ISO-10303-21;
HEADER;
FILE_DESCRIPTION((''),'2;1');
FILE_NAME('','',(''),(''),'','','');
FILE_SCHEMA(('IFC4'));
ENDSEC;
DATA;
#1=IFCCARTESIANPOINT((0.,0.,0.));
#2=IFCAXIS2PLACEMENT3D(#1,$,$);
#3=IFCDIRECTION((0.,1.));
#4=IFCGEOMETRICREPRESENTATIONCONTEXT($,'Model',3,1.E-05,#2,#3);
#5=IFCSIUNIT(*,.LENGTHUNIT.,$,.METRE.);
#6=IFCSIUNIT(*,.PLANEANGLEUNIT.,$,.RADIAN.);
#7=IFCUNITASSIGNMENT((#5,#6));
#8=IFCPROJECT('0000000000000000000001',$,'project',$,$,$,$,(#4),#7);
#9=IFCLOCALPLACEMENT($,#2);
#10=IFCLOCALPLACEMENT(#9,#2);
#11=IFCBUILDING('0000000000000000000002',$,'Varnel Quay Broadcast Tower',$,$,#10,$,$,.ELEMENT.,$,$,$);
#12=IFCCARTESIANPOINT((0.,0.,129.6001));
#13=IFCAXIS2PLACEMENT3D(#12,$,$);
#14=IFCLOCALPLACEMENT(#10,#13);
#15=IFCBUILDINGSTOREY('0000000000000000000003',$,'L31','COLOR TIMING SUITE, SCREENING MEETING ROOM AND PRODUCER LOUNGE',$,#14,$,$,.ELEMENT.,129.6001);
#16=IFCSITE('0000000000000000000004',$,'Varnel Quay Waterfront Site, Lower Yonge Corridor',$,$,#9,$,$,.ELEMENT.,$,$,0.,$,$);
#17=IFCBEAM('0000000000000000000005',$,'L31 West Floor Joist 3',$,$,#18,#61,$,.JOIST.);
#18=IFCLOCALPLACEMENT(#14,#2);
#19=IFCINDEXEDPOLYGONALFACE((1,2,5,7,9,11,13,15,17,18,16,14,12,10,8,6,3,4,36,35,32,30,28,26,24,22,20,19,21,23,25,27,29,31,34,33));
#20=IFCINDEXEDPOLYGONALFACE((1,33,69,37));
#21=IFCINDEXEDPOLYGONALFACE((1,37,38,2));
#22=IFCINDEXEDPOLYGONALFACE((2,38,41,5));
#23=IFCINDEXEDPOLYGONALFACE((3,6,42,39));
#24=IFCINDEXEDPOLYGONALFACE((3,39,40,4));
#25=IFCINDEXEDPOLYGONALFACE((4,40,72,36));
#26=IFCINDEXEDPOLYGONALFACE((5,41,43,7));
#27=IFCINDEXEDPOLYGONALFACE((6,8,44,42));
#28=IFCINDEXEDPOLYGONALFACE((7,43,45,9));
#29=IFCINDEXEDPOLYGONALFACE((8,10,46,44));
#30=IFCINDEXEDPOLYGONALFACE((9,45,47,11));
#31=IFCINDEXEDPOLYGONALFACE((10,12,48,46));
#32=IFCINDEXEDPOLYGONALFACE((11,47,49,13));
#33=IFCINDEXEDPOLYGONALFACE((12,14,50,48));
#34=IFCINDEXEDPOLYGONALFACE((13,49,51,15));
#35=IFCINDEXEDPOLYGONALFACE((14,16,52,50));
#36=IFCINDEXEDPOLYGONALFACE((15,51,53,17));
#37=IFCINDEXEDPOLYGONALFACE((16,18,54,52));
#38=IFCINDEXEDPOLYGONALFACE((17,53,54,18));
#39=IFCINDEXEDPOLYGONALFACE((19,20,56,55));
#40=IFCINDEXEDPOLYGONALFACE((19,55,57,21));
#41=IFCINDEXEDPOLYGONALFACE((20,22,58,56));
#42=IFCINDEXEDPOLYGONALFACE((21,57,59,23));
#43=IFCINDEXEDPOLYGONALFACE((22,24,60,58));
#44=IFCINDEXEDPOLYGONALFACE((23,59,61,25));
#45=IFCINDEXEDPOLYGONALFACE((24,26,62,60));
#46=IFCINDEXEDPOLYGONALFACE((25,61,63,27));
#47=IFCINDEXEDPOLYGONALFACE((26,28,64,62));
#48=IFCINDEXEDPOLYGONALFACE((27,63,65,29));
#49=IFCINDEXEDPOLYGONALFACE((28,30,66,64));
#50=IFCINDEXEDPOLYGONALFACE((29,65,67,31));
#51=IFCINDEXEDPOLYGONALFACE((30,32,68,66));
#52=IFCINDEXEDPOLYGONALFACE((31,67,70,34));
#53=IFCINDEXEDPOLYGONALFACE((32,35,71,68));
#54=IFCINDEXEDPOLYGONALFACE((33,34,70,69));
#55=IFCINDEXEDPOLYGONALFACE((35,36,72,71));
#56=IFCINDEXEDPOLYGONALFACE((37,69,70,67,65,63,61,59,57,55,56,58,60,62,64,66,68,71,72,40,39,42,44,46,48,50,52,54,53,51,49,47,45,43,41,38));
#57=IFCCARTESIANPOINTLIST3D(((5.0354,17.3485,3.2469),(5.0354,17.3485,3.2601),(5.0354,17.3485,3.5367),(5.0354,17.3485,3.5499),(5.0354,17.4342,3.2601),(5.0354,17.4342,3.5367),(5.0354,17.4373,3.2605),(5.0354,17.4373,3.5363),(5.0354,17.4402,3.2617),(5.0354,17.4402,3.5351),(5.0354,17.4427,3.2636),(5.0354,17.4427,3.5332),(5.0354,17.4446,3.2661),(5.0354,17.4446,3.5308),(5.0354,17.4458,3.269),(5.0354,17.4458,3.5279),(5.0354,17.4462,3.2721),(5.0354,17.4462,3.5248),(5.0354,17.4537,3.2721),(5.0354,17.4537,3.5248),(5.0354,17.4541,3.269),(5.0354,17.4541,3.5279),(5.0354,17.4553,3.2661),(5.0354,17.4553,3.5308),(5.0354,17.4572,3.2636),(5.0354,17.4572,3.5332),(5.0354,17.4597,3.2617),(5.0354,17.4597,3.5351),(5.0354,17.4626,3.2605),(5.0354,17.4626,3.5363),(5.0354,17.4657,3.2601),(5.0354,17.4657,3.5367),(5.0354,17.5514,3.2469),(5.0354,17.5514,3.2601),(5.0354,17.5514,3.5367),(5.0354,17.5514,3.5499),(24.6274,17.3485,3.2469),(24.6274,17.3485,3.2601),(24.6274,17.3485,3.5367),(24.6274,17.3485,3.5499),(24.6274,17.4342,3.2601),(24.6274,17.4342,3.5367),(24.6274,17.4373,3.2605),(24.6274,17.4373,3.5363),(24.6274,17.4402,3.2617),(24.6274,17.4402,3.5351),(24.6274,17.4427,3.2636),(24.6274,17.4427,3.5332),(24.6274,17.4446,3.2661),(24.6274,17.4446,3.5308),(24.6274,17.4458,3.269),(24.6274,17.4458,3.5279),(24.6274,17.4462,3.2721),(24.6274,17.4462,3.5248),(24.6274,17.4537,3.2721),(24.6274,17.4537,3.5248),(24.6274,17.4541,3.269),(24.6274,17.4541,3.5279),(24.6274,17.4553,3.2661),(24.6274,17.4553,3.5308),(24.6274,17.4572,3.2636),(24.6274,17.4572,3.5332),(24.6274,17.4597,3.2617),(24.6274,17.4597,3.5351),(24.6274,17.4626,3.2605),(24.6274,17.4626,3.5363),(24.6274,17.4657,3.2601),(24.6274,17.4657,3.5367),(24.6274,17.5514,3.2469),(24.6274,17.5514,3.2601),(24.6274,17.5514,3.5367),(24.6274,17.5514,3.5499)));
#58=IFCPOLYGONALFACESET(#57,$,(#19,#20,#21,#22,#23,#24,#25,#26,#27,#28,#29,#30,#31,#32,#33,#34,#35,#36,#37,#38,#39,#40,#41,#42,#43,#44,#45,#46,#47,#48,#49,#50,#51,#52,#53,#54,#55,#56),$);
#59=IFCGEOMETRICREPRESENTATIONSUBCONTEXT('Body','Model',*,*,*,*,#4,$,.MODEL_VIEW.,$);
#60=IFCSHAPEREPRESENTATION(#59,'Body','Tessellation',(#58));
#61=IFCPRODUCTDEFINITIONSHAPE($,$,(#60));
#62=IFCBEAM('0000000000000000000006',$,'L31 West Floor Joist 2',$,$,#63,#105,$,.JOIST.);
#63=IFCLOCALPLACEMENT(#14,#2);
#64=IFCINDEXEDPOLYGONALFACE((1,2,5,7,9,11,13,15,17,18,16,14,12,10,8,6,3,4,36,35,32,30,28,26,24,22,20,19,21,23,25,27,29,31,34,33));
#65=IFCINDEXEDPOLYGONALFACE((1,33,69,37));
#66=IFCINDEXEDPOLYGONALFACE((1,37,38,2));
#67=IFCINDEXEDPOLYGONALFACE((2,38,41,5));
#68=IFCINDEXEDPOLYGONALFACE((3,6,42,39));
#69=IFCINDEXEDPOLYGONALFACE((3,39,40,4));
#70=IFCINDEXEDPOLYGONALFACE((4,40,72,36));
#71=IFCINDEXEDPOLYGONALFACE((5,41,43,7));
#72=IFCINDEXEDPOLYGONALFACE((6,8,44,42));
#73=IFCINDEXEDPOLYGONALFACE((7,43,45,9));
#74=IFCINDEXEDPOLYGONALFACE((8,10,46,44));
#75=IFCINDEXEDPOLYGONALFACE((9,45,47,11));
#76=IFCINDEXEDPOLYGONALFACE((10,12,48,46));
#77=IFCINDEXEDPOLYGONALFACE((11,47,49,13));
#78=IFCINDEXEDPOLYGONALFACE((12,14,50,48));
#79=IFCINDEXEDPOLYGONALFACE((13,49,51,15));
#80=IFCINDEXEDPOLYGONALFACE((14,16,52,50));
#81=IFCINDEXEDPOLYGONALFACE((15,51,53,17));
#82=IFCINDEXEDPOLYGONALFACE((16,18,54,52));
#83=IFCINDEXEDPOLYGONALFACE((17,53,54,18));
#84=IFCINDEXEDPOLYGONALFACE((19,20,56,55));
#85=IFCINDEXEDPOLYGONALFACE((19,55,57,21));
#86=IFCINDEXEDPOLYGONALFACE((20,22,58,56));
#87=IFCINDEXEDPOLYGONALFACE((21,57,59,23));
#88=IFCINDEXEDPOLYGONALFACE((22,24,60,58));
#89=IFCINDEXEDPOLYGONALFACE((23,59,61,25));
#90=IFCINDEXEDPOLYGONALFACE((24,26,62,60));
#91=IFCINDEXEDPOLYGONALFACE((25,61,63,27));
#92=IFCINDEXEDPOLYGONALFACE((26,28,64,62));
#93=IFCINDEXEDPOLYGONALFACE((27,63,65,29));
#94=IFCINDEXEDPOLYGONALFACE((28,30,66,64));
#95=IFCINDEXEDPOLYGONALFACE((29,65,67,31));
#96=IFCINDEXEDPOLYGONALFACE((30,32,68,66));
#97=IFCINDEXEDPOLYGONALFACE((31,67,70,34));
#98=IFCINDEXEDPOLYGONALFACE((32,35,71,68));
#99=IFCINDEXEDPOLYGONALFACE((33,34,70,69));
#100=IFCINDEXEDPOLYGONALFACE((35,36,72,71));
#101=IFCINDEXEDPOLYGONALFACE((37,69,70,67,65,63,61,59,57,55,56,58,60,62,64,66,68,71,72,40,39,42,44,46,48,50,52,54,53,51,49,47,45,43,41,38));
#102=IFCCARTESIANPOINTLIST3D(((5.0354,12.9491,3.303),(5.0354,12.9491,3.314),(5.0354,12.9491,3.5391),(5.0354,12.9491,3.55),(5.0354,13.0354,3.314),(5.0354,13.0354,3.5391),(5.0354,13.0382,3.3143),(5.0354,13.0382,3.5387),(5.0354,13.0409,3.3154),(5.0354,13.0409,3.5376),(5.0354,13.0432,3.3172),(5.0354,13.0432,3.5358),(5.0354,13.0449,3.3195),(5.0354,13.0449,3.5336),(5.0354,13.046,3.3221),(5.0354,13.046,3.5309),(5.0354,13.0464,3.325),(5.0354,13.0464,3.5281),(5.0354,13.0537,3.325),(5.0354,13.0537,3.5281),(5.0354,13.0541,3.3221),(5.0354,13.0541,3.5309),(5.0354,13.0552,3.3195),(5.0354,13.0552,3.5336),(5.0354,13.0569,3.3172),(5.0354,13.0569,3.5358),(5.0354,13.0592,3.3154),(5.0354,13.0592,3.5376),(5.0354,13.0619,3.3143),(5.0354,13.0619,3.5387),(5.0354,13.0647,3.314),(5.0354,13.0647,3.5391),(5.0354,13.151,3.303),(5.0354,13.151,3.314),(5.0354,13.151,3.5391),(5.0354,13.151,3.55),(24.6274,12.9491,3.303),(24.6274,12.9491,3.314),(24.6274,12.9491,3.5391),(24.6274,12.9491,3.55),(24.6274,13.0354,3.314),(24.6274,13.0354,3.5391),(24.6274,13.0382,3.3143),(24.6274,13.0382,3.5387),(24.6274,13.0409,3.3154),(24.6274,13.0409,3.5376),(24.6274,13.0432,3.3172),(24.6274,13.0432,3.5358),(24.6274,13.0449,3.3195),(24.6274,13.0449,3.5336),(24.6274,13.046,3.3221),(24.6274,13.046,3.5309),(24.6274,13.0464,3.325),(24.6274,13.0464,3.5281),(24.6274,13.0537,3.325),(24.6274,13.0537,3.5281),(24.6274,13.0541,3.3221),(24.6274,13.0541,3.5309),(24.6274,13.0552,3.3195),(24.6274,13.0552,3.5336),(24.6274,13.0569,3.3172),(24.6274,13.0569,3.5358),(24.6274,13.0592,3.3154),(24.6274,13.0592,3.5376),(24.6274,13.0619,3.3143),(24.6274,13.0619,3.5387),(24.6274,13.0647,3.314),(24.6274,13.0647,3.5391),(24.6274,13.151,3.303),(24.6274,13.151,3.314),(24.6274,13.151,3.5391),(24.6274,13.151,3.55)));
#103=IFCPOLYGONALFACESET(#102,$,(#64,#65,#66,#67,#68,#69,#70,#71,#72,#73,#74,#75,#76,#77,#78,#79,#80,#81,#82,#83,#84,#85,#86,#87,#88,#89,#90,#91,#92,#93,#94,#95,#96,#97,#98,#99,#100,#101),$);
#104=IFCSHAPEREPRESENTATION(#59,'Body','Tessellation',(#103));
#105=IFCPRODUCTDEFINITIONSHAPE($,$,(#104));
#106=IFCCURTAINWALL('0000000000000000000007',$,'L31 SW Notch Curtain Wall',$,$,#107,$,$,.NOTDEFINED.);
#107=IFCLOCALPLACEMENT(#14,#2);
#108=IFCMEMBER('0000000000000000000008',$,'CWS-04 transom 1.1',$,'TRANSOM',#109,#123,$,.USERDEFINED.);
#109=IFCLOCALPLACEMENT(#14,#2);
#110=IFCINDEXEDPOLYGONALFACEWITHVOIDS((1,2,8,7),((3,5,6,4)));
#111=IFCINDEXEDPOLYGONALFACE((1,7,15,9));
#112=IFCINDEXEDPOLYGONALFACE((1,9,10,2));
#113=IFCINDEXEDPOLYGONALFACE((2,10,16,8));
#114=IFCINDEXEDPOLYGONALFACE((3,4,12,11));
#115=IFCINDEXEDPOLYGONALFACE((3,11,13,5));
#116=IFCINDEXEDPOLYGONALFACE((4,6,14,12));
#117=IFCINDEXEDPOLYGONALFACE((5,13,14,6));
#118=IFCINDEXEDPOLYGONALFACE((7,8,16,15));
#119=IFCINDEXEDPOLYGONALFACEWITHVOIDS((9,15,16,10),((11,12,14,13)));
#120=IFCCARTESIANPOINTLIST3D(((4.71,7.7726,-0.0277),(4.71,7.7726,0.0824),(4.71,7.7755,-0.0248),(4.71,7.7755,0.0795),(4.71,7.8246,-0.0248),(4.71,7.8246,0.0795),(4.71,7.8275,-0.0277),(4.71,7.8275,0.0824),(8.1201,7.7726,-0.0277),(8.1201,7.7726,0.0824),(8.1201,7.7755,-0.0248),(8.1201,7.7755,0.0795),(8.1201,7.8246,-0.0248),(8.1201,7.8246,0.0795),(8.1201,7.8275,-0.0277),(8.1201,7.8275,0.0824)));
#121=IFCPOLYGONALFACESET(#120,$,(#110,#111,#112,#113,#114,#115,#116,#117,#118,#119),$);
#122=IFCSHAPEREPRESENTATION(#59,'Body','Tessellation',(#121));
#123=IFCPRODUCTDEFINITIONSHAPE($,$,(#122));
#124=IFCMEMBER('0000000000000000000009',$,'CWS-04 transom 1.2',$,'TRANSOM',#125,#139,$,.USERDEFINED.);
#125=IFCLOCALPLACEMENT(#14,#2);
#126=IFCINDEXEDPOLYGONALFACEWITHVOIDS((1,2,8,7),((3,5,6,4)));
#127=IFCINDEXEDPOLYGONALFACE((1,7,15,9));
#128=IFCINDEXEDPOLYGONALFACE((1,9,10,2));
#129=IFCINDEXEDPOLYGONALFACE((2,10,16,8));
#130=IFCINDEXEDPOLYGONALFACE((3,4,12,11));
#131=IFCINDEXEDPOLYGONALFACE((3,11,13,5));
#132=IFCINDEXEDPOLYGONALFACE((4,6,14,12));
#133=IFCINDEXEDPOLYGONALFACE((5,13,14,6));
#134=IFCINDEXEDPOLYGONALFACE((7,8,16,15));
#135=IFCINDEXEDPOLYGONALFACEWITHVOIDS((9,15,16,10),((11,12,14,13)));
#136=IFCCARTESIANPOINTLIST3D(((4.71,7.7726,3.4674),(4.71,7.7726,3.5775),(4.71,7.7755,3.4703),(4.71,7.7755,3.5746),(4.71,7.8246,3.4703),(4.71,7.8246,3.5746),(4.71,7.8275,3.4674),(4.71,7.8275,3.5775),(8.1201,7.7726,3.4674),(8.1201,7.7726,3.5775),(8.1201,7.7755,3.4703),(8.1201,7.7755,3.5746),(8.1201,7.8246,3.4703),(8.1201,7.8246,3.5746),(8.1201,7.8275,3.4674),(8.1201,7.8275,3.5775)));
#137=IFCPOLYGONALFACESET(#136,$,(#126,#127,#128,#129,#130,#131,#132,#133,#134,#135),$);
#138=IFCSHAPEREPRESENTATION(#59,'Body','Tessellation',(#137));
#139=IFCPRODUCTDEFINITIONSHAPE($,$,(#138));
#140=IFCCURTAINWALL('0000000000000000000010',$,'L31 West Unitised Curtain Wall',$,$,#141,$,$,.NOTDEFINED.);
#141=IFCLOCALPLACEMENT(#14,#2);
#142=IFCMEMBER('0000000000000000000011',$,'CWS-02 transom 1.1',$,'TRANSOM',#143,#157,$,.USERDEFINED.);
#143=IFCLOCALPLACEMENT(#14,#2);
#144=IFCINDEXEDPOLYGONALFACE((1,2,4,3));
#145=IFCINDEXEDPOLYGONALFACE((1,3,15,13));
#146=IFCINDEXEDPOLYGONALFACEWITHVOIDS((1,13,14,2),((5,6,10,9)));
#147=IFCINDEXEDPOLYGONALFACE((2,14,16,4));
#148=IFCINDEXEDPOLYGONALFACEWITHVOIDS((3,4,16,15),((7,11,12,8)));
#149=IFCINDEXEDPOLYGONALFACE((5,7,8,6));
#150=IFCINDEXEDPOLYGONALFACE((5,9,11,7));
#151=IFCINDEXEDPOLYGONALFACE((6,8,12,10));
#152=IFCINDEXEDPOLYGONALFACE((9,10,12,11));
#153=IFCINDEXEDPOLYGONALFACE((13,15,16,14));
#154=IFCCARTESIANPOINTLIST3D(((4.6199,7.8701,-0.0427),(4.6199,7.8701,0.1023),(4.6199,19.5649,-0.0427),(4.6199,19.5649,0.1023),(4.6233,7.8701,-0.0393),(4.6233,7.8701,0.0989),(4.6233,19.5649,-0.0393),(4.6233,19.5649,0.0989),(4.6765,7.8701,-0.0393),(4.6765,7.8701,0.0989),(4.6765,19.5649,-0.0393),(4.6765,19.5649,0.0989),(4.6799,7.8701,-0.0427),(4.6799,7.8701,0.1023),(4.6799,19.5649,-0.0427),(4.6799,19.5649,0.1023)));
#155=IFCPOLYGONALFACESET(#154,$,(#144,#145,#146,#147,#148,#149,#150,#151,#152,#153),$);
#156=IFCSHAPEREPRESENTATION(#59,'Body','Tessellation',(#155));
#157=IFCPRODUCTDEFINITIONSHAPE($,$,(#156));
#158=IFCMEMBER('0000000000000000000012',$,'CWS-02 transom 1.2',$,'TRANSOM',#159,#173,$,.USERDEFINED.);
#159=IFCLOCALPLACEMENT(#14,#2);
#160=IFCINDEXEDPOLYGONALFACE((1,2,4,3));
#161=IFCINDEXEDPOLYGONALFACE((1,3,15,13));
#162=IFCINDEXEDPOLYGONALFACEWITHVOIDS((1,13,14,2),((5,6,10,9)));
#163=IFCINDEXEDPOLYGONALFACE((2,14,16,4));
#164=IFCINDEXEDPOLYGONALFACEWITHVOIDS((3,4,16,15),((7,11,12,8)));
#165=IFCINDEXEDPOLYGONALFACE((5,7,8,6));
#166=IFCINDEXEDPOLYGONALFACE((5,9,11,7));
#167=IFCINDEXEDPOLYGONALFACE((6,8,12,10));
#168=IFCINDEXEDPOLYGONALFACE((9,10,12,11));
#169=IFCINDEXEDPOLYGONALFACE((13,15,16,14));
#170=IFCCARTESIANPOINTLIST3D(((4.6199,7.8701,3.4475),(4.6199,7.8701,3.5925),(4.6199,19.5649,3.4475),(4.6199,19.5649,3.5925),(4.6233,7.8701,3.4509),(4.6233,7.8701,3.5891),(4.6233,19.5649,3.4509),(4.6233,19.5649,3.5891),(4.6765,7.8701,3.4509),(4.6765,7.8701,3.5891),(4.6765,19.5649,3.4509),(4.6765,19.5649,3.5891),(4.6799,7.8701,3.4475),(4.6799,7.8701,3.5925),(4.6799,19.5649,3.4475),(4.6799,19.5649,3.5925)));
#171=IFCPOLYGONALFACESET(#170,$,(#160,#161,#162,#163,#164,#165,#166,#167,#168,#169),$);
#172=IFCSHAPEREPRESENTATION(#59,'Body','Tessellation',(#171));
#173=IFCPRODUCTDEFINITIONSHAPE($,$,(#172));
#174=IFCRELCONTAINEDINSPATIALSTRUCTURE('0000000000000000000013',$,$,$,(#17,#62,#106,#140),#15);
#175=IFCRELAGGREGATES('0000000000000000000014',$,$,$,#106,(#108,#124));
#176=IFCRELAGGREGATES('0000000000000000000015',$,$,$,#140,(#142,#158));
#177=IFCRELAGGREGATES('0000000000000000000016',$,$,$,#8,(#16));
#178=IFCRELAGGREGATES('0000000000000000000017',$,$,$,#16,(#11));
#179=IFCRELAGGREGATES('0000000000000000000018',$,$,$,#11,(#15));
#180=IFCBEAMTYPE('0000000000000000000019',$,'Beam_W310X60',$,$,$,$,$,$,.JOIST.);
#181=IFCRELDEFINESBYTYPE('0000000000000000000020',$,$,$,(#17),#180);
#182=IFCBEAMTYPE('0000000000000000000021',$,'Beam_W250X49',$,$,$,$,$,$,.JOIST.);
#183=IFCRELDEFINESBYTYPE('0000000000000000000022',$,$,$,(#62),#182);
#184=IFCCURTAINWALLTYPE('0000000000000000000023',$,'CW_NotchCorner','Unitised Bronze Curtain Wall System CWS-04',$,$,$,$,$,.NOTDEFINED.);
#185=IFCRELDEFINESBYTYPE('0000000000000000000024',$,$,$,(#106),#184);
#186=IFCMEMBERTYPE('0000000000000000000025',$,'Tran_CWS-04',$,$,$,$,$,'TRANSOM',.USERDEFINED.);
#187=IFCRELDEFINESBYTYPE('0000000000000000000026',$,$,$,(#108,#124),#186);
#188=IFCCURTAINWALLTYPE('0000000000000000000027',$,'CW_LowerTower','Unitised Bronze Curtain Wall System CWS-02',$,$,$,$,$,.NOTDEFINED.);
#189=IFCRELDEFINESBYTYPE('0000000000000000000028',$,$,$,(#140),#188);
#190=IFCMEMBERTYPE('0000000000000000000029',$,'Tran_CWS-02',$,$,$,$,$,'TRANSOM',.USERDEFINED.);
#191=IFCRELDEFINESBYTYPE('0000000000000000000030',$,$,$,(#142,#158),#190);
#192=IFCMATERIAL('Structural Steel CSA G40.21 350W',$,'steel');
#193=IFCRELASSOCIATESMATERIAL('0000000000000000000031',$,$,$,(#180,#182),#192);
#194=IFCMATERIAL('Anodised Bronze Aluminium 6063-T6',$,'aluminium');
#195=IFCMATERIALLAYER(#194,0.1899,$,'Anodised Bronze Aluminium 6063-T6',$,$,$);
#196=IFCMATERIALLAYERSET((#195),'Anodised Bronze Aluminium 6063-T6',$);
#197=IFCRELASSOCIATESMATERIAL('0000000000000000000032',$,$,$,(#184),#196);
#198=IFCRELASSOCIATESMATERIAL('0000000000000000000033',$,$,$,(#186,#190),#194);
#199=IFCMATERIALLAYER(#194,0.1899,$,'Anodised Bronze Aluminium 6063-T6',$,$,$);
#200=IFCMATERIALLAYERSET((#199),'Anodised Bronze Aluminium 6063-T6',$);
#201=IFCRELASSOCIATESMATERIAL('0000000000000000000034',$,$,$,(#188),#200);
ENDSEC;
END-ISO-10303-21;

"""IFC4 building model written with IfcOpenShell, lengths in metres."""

from ifc_helpers import new_model, si_unit, direction, frame, origin, origin_2d, place, context, subcontext, project, spatial, hollow_rectangle, i_section, extrude, source, transform, mapped, material, layer, layer_set, material_profile, profile_set, type_object, type_shapes, element, aggregate, save


model = new_model("IFC4")

# Units and contexts
model_context = context("Model", 3, precision=1e-05, world=origin(), true_north=direction((0.0, 1.0)))
body_context = subcontext(model_context, "Body", "Model", "MODEL_VIEW")
ifc_project = project(units=[si_unit("LENGTHUNIT", "METRE"), si_unit("PLANEANGLEUNIT", "RADIAN")], contexts=[model_context])

# Site, building, storey
site_placement = place(None, origin())
site = spatial("IfcSite", under=ifc_project, at=site_placement, Name="Varnel Quay Waterfront Site, Lower Yonge Corridor", CompositionType="ELEMENT", RefElevation=0.0)
building_placement = place(site_placement, origin())
building = spatial("IfcBuilding", under=site, at=building_placement, Name="Varnel Quay Broadcast Tower", CompositionType="ELEMENT")
storey_placement = place(building_placement, frame((0.0, 0.0, 129.6001)))
storey = spatial("IfcBuildingStorey", under=building, at=storey_placement, Name="L31", Description="COLOR TIMING SUITE, SCREENING MEETING ROOM AND PRODUCER LOUNGE", CompositionType="ELEMENT", Elevation=129.6001)

# Shared definitions
ifc_material_1 = material(Name="Structural Steel CSA G40.21 350W", Category="steel")

# Beams
ifc_material_profile_1 = material_profile(ifc_material_1, i_section(OverallWidth=0.2029, OverallDepth=0.303, WebThickness=0.0076, FlangeThickness=0.0132, FilletRadius=0.012, at=origin_2d()), Name="W310X60")
ifc_profile_set_1 = profile_set([ifc_material_profile_1], Name="Structural Steel CSA G40.21 350W")
beam_type_1 = type_object("IfcBeamType", Name="Beam_W310X60", PredefinedType="JOIST", material=ifc_profile_set_1)
shared_shape_1 = source(origin(), body_context, "Body", "SweptSolid", [
    extrude(i_section(OverallWidth=0.2029, OverallDepth=0.303, WebThickness=0.0076, FlangeThickness=0.0132, FilletRadius=0.012, at=origin_2d()), origin(), (0.0, 0.0, 1.0), 19.592),
])
type_shapes(beam_type_1, [shared_shape_1])
for number, where, z_axis, x_axis, name in (
    (1, (5.0354, 17.45, 3.3984), (1.0, 0.0, 0.0), (0.0, 1.0, 0.0), "L31 West Floor Joist 3"),
):
    element("IfcBeam", number, at=place(storey_placement, frame(where, z_axis=z_axis, x_axis=x_axis)), inside=storey, type_object=beam_type_1, Name=name, PredefinedType="JOIST", context=body_context, shape_type="MappedRepresentation", body=[
        mapped(shared_shape_1, transform((0.0, 0.0, 0.0), x_axis=(1.0, 0.0, 0.0), y_axis=(0.0, 1.0, 0.0), z_axis=(0.0, 0.0, 1.0), scale=1.0)),
    ])
ifc_material_profile_2 = material_profile(ifc_material_1, i_section(OverallWidth=0.2019, OverallDepth=0.2471, WebThickness=0.0073, FlangeThickness=0.011, FilletRadius=0.011, at=origin_2d()), Name="W250X49")
ifc_profile_set_2 = profile_set([ifc_material_profile_2], Name="Structural Steel CSA G40.21 350W")
beam_type_2 = type_object("IfcBeamType", Name="Beam_W250X49", PredefinedType="JOIST", material=ifc_profile_set_2)
shared_shape_2 = source(origin(), body_context, "Body", "SweptSolid", [
    extrude(i_section(OverallWidth=0.2019, OverallDepth=0.2471, WebThickness=0.0073, FlangeThickness=0.011, FilletRadius=0.011, at=origin_2d()), origin(), (0.0, 0.0, 1.0), 19.592),
])
type_shapes(beam_type_2, [shared_shape_2])
beam_1_placement = place(storey_placement, frame((5.0354, 13.05, 3.4265), z_axis=(1.0, 0.0, 0.0), x_axis=(0.0, 1.0, 0.0)))
element("IfcBeam", 2, at=beam_1_placement, inside=storey, type_object=beam_type_2, Name="L31 West Floor Joist 2", PredefinedType="JOIST", context=body_context, shape_type="MappedRepresentation", body=[
    mapped(shared_shape_2, transform((0.0, 0.0, 0.0), x_axis=(1.0, 0.0, 0.0), y_axis=(0.0, 1.0, 0.0), z_axis=(0.0, 0.0, 1.0), scale=1.0)),
])

# Curtain walls, members
ifc_material_2 = material(Name="Anodised Bronze Aluminium 6063-T6", Category="aluminium")
ifc_layer_1 = layer(ifc_material_2, 0.1899, Name="Anodised Bronze Aluminium 6063-T6")
ifc_layer_set_1 = layer_set([ifc_layer_1], Name="Anodised Bronze Aluminium 6063-T6")
curtain_wall_type_1 = type_object("IfcCurtainWallType", Name="CW_NotchCorner", Description="Unitised Bronze Curtain Wall System CWS-04", PredefinedType="NOTDEFINED", material=ifc_layer_set_1)
curtain_wall_1_placement = place(storey_placement, origin())
curtain_wall_1 = element("IfcCurtainWall", 3, at=curtain_wall_1_placement, inside=storey, type_object=curtain_wall_type_1, Name="L31 SW Notch Curtain Wall", PredefinedType="NOTDEFINED")
ifc_material_profile_3 = material_profile(ifc_material_2, hollow_rectangle(XDim=0.0549, YDim=0.1101, WallThickness=0.0029, at=origin_2d()), Name="ALU55X110X3")
ifc_profile_set_3 = profile_set([ifc_material_profile_3], Name="Anodised Bronze Aluminium 6063-T6")
member_type_1 = type_object("IfcMemberType", Name="Tran_CWS-04", ElementType="TRANSOM", PredefinedType="USERDEFINED", material=ifc_profile_set_3)
shared_shape_3 = source(origin(), body_context, "Body", "SweptSolid", [
    extrude(hollow_rectangle(XDim=0.0549, YDim=0.1101, WallThickness=0.0029, at=origin_2d()), origin(), (0.0, 0.0, 1.0), 3.4102),
])
type_shapes(member_type_1, [shared_shape_3])
member_1_placement = place(storey_placement, frame((4.71, 7.8, 0.0273), z_axis=(1.0, 0.0, 0.0), x_axis=(0.0, 1.0, 0.0)))
member_1 = element("IfcMember", 4, at=member_1_placement, type_object=member_type_1, Name="CWS-04 transom 1.1", ObjectType="TRANSOM", PredefinedType="USERDEFINED", context=body_context, shape_type="MappedRepresentation", body=[
    mapped(shared_shape_3, transform((0.0, 0.0, 0.0), x_axis=(1.0, 0.0, 0.0), y_axis=(0.0, 1.0, 0.0), z_axis=(0.0, 0.0, 1.0), scale=1.0)),
])
member_2_placement = place(storey_placement, frame((4.71, 7.8, 3.5225), z_axis=(1.0, 0.0, 0.0), x_axis=(0.0, 1.0, 0.0)))
member_2 = element("IfcMember", 5, at=member_2_placement, type_object=member_type_1, Name="CWS-04 transom 1.2", ObjectType="TRANSOM", PredefinedType="USERDEFINED", context=body_context, shape_type="MappedRepresentation", body=[
    mapped(shared_shape_3, transform((0.0, 0.0, 0.0), x_axis=(1.0, 0.0, 0.0), y_axis=(0.0, 1.0, 0.0), z_axis=(0.0, 0.0, 1.0), scale=1.0)),
])
ifc_layer_2 = layer(ifc_material_2, 0.1899, Name="Anodised Bronze Aluminium 6063-T6")
ifc_layer_set_2 = layer_set([ifc_layer_2], Name="Anodised Bronze Aluminium 6063-T6")
curtain_wall_type_2 = type_object("IfcCurtainWallType", Name="CW_LowerTower", Description="Unitised Bronze Curtain Wall System CWS-02", PredefinedType="NOTDEFINED", material=ifc_layer_set_2)
curtain_wall_2_placement = place(storey_placement, origin())
curtain_wall_2 = element("IfcCurtainWall", 6, at=curtain_wall_2_placement, inside=storey, type_object=curtain_wall_type_2, Name="L31 West Unitised Curtain Wall", PredefinedType="NOTDEFINED")
ifc_material_profile_4 = material_profile(ifc_material_2, hollow_rectangle(XDim=0.0601, YDim=0.145, WallThickness=0.0034, at=origin_2d()), Name="ALU60X145X3.5")
ifc_profile_set_4 = profile_set([ifc_material_profile_4], Name="Anodised Bronze Aluminium 6063-T6")
member_type_2 = type_object("IfcMemberType", Name="Tran_CWS-02", ElementType="TRANSOM", PredefinedType="USERDEFINED", material=ifc_profile_set_4)
shared_shape_4 = source(origin(), body_context, "Body", "SweptSolid", [
    extrude(hollow_rectangle(XDim=0.0601, YDim=0.145, WallThickness=0.0034, at=origin_2d()), origin(), (0.0, 0.0, 1.0), 11.6948),
])
type_shapes(member_type_2, [shared_shape_4])
member_3_placement = place(storey_placement, frame((4.6499, 7.8701, 0.0298), z_axis=(0.0, 1.0, 0.0), x_axis=(-1.0, 0.0, 0.0)))
member_3 = element("IfcMember", 7, at=member_3_placement, type_object=member_type_2, Name="CWS-02 transom 1.1", ObjectType="TRANSOM", PredefinedType="USERDEFINED", context=body_context, shape_type="MappedRepresentation", body=[
    mapped(shared_shape_4, transform((0.0, 0.0, 0.0), x_axis=(1.0, 0.0, 0.0), y_axis=(0.0, 1.0, 0.0), z_axis=(0.0, 0.0, 1.0), scale=1.0)),
])
member_4_placement = place(storey_placement, frame((4.6499, 7.8701, 3.52), z_axis=(0.0, 1.0, 0.0), x_axis=(-1.0, 0.0, 0.0)))
member_4 = element("IfcMember", 8, at=member_4_placement, type_object=member_type_2, Name="CWS-02 transom 1.2", ObjectType="TRANSOM", PredefinedType="USERDEFINED", context=body_context, shape_type="MappedRepresentation", body=[
    mapped(shared_shape_4, transform((0.0, 0.0, 0.0), x_axis=(1.0, 0.0, 0.0), y_axis=(0.0, 1.0, 0.0), z_axis=(0.0, 0.0, 1.0), scale=1.0)),
])

aggregate(curtain_wall_1, [member_1, member_2])

aggregate(curtain_wall_2, [member_3, member_4])

save(model, "model.ifc")
